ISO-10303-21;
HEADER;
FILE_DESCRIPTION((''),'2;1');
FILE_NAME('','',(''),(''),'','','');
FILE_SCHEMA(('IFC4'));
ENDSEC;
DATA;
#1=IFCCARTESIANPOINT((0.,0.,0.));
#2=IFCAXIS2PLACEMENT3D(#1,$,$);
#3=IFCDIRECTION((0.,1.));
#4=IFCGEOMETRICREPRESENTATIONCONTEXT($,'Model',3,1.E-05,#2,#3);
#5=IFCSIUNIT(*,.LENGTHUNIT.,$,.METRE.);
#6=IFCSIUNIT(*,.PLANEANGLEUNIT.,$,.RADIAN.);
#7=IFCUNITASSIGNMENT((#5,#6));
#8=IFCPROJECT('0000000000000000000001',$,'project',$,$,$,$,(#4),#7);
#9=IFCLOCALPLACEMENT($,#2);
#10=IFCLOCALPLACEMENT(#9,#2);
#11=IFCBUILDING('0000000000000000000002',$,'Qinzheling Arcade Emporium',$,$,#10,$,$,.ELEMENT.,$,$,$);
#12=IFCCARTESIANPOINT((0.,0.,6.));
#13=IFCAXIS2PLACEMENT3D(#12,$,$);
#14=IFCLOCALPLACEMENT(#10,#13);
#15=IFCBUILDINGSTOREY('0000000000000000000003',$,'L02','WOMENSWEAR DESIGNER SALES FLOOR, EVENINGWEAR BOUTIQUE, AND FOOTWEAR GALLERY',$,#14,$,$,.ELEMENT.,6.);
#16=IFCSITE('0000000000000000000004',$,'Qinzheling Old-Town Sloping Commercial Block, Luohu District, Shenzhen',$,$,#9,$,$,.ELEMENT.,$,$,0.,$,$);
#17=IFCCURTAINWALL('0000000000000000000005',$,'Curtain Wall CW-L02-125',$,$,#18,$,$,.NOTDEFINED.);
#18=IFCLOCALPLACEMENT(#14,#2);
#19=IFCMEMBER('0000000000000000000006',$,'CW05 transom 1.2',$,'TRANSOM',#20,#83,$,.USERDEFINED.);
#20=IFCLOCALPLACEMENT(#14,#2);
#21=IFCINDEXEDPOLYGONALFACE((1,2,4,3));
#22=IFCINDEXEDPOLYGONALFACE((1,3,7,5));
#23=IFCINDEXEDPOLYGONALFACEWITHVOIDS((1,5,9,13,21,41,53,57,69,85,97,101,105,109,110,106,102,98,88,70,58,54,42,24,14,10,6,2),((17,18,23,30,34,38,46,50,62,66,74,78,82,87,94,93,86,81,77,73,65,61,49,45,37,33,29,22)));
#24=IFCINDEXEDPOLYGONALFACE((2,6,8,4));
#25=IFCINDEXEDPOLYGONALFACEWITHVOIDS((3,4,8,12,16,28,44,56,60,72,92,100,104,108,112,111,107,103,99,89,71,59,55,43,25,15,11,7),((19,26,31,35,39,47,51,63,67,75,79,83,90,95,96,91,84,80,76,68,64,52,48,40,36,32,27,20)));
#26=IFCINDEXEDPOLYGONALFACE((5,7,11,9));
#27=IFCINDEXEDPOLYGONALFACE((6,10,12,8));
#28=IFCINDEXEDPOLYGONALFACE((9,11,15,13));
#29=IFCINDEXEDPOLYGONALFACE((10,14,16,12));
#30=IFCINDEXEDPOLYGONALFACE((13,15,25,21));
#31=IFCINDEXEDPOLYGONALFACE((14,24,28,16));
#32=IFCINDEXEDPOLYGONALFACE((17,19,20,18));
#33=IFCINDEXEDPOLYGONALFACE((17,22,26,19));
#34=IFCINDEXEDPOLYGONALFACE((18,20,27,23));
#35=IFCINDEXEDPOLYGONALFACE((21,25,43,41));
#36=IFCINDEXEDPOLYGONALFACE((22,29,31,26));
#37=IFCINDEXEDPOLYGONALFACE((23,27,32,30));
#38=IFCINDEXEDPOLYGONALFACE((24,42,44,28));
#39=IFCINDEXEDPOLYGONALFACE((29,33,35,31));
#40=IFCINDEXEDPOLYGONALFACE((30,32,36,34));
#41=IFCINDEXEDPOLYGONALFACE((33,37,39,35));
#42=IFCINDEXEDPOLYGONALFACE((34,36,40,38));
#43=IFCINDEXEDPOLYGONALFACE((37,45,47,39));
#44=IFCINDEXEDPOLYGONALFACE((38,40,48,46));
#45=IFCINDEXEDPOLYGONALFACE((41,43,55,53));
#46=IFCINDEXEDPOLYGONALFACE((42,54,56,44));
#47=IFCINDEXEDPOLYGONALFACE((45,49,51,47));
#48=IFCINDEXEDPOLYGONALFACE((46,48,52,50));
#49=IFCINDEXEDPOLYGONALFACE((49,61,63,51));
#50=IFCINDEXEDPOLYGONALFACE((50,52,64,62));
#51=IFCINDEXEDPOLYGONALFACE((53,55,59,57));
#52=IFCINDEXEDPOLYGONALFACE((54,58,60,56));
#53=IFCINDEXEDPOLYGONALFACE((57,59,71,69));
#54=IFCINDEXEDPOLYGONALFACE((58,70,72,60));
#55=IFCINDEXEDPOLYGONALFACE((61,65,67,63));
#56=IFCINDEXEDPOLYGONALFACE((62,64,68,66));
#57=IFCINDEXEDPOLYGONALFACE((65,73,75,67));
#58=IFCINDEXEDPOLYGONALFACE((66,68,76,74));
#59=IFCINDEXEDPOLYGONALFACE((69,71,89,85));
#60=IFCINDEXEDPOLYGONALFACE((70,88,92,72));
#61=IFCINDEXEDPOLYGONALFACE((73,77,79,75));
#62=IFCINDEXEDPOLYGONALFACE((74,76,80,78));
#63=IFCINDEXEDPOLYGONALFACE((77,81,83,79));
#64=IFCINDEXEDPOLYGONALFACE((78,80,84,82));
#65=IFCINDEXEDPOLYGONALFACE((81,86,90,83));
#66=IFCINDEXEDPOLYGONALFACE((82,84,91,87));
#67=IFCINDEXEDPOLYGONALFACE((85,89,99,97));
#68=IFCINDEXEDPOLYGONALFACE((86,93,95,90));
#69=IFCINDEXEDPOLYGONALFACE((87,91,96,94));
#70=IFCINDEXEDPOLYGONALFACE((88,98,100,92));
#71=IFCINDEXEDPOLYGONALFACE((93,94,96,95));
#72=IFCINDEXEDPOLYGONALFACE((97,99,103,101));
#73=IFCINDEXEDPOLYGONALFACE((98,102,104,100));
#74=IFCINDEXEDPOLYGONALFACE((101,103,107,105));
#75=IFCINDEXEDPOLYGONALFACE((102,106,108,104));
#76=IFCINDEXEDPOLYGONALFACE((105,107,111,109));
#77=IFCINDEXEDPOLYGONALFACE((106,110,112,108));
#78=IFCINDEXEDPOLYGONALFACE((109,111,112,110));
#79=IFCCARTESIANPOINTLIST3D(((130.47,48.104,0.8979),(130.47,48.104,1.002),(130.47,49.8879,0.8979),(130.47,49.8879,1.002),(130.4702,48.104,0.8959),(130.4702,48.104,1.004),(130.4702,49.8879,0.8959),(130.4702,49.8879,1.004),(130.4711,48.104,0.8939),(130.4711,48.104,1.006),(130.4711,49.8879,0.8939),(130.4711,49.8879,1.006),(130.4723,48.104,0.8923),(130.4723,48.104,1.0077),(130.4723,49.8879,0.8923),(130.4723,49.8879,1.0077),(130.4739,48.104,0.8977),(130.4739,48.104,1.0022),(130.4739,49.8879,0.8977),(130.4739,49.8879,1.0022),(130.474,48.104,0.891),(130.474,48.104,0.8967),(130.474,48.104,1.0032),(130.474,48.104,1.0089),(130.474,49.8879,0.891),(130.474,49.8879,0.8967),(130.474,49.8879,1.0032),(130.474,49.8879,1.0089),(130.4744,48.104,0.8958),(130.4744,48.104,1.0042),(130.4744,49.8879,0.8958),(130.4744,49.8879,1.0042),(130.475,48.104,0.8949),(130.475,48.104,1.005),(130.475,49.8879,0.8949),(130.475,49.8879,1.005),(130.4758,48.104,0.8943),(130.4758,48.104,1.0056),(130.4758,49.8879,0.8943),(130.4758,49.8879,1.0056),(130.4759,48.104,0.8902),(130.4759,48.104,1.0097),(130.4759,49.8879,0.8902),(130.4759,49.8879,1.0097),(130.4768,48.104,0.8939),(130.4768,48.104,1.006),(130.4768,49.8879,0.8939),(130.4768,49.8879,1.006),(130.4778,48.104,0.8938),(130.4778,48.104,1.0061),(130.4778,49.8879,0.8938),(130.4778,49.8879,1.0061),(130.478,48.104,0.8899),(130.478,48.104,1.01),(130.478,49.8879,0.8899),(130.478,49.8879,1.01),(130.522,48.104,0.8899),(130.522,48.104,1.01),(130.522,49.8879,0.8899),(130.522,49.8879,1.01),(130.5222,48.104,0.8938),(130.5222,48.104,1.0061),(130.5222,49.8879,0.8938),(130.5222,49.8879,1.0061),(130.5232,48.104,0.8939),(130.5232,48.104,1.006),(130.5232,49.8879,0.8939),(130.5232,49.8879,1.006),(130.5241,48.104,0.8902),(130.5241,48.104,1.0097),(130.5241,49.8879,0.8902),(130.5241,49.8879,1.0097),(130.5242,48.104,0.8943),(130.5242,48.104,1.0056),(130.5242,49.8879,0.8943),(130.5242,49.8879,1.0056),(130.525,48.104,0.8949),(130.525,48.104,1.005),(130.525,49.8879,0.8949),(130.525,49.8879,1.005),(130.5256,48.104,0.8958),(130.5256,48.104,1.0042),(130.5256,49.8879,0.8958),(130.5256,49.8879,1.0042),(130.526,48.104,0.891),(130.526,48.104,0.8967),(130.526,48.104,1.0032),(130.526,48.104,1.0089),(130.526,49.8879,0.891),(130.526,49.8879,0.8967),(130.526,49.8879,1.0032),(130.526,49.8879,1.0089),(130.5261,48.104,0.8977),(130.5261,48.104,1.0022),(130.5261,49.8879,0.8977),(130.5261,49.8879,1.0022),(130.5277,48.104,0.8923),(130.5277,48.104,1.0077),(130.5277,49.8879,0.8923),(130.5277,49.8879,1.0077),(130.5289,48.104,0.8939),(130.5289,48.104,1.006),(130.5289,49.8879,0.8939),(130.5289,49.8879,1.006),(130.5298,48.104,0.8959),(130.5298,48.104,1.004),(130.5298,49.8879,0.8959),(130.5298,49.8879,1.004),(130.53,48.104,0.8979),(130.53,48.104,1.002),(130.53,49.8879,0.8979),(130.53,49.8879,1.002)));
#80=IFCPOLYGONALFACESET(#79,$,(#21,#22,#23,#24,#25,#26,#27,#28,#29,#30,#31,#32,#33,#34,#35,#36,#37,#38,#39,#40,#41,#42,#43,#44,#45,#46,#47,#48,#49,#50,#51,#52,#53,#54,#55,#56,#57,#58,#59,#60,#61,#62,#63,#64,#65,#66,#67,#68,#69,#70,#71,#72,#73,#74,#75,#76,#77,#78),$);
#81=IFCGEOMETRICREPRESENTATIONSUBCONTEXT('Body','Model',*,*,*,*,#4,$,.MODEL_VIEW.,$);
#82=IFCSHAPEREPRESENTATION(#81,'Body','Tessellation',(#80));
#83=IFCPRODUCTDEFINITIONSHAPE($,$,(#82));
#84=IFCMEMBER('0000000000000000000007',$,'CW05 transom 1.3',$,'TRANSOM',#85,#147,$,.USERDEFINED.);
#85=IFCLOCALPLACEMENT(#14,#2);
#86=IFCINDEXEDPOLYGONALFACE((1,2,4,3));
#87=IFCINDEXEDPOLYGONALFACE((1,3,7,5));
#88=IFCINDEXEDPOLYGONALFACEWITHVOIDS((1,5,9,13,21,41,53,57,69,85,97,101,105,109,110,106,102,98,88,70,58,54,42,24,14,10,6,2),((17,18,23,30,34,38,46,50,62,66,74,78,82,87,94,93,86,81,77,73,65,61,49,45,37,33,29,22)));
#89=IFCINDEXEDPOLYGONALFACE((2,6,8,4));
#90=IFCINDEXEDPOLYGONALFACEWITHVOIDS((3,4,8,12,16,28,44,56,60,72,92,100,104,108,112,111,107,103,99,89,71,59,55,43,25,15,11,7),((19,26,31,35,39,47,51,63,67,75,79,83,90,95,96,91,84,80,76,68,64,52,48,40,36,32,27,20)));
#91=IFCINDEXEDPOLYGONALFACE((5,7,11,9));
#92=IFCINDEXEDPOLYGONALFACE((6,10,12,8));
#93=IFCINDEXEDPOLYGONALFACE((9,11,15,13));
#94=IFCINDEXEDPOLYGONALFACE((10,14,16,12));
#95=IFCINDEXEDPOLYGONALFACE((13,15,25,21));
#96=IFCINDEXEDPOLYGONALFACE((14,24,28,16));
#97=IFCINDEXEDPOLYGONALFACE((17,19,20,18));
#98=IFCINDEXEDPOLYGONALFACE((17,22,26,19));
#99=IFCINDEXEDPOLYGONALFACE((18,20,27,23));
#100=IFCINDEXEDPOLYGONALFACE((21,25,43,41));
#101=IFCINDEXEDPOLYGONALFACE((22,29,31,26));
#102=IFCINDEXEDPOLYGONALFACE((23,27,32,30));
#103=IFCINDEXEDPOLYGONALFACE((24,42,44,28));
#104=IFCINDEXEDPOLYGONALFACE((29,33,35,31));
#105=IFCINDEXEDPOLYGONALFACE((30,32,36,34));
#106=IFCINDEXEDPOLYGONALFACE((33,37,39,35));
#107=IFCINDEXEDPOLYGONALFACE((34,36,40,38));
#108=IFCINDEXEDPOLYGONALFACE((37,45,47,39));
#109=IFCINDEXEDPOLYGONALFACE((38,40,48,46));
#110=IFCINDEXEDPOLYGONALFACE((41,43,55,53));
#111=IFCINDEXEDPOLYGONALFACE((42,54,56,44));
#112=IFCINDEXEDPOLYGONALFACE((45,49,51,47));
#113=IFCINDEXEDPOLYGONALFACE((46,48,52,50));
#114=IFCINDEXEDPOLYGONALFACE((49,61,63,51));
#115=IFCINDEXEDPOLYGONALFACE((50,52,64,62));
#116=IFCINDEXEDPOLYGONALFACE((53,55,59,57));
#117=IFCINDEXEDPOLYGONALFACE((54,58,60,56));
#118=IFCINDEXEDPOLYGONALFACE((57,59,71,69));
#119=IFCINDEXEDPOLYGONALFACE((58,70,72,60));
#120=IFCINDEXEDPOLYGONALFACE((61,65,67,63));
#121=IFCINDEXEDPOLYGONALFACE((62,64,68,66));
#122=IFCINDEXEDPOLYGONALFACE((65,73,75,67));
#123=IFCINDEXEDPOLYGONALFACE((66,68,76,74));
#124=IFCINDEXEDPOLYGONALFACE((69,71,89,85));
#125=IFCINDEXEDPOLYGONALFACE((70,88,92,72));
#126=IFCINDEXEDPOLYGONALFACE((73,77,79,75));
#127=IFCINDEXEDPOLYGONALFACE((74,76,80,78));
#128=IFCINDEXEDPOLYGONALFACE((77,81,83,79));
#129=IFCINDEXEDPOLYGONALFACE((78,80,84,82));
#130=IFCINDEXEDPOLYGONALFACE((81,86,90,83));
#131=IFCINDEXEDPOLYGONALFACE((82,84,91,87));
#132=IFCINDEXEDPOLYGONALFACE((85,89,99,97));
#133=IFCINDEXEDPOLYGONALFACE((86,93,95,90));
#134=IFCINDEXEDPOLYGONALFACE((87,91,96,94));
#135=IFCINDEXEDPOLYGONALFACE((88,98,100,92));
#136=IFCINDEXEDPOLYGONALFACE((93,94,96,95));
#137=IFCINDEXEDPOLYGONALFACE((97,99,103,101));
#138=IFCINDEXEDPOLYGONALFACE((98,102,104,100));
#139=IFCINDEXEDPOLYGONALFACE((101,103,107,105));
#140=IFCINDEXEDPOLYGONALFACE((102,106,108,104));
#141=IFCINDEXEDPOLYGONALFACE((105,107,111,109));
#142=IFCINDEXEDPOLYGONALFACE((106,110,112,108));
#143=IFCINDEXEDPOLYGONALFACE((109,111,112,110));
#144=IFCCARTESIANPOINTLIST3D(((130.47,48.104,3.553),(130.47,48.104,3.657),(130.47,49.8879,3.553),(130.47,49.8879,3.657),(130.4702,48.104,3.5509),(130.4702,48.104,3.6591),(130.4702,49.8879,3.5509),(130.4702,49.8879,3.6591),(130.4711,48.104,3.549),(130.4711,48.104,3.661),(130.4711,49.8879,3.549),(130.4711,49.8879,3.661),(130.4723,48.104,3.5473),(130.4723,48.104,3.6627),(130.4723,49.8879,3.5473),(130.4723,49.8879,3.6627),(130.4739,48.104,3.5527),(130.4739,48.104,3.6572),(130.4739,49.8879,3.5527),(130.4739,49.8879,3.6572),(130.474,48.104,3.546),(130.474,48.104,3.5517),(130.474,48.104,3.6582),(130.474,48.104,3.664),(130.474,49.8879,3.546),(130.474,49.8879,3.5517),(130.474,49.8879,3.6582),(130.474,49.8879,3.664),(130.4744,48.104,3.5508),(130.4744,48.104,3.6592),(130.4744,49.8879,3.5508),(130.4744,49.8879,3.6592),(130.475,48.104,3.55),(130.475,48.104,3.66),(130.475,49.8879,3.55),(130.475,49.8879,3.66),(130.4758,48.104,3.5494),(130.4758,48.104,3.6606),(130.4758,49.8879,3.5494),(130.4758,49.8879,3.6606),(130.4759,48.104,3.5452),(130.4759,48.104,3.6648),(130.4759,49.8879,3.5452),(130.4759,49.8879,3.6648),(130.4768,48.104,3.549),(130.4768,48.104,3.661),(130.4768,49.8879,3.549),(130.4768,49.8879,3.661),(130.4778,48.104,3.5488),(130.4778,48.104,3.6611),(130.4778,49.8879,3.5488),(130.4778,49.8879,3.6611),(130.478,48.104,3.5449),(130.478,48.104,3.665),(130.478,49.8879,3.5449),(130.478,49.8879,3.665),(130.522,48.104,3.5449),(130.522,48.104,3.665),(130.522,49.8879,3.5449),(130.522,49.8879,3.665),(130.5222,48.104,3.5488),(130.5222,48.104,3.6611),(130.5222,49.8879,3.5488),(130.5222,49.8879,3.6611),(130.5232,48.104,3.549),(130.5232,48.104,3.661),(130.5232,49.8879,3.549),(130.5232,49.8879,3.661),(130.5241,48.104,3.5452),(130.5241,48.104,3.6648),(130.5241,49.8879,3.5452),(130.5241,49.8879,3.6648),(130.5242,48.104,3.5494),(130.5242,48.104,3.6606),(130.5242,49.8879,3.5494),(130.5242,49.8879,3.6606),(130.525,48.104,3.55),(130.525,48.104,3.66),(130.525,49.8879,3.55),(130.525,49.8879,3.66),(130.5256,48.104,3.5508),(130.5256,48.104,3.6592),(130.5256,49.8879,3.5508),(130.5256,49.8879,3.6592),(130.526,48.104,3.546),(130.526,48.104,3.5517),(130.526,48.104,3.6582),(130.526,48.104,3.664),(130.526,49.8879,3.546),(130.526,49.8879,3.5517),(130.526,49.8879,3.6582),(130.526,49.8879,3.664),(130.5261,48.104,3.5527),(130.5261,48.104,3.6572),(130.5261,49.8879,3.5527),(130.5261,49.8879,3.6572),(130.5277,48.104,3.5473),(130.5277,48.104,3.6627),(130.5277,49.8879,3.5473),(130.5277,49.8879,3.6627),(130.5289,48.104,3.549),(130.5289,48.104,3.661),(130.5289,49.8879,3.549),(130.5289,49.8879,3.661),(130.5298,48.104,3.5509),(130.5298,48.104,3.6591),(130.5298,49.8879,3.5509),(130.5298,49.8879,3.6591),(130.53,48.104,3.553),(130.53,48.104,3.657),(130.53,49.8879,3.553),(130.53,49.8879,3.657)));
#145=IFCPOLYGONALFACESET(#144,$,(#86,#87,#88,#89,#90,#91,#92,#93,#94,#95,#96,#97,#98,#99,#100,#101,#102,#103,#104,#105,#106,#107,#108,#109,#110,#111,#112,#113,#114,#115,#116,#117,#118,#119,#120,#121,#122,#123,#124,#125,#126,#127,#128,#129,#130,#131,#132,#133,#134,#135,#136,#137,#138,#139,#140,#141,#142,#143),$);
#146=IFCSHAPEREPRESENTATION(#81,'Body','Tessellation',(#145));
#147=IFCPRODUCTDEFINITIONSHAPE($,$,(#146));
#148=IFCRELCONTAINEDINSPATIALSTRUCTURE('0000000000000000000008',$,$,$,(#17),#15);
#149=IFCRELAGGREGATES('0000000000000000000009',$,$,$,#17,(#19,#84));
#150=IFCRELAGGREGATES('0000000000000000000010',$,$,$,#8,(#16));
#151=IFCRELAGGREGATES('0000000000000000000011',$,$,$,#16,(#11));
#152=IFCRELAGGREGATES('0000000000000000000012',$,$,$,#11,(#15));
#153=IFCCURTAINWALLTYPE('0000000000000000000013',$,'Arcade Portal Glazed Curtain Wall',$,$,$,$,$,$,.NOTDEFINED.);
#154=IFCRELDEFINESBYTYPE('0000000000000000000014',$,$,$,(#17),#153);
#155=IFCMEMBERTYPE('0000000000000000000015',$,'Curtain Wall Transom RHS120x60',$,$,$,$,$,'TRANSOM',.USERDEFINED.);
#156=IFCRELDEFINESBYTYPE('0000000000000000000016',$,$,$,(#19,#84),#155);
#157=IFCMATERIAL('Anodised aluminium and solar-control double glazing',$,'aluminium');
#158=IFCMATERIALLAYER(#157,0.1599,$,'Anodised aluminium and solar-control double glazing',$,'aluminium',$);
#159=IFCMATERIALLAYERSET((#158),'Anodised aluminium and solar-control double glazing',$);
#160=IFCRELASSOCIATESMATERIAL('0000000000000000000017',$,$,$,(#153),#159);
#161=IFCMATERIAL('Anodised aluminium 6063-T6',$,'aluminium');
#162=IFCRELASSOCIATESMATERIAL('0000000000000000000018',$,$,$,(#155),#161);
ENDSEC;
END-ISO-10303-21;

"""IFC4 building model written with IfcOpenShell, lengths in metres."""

from ifc_helpers import new_model, si_unit, direction, frame, origin, origin_2d, place, context, subcontext, project, spatial, hollow_rectangle, extrude, material, layer, layer_set, material_profile, profile_set, type_object, element, aggregate, save


model = new_model("IFC4")

# Units and contexts
model_context = context("Model", 3, precision=1e-05, world=origin(), true_north=direction((0.0, 1.0)))
body_context = subcontext(model_context, "Body", "Model", "MODEL_VIEW")
ifc_project = project(units=[si_unit("LENGTHUNIT", "METRE"), si_unit("PLANEANGLEUNIT", "RADIAN")], contexts=[model_context])

# Site, building, storey
site_placement = place(None, origin())
site = spatial("IfcSite", under=ifc_project, at=site_placement, Name="Qinzheling Old-Town Sloping Commercial Block, Luohu District, Shenzhen", CompositionType="ELEMENT", RefElevation=0.0)
building_placement = place(site_placement, origin())
building = spatial("IfcBuilding", under=site, at=building_placement, Name="Qinzheling Arcade Emporium", CompositionType="ELEMENT")
storey_placement = place(building_placement, frame((0.0, 0.0, 6.0)))
storey = spatial("IfcBuildingStorey", under=building, at=storey_placement, Name="L02", Description="WOMENSWEAR DESIGNER SALES FLOOR, EVENINGWEAR BOUTIQUE, AND FOOTWEAR GALLERY", CompositionType="ELEMENT", Elevation=6.0)

# Shared definitions
ifc_material_1 = material(Name="Anodised aluminium and solar-control double glazing", Category="aluminium")
ifc_layer_1 = layer(ifc_material_1, 0.1599, Name="Anodised aluminium and solar-control double glazing", Category="aluminium")
ifc_layer_set_1 = layer_set([ifc_layer_1], Name="Anodised aluminium and solar-control double glazing")
curtain_wall_type = type_object("IfcCurtainWallType", Name="Arcade Portal Glazed Curtain Wall", PredefinedType="NOTDEFINED", material=ifc_layer_set_1)
ifc_material_2 = material(Name="Anodised aluminium 6063-T6", Category="aluminium")

# Curtain wall
curtain_wall_1_placement = place(storey_placement, origin())
curtain_wall_1 = element("IfcCurtainWall", 1, at=curtain_wall_1_placement, inside=storey, type_object=curtain_wall_type, Name="Curtain Wall CW-L02-125", PredefinedType="NOTDEFINED")

# Members
ifc_material_profile_1 = material_profile(ifc_material_2, hollow_rectangle(XDim=0.0601, YDim=0.1201, WallThickness=0.0039, InnerFilletRadius=0.0039, OuterFilletRadius=0.0081, at=origin_2d()), Name="RHS 120x60x4", Category="aluminium")
ifc_profile_set_1 = profile_set([ifc_material_profile_1], Name="Anodised aluminium 6063-T6")
member_type_1 = type_object("IfcMemberType", Name="Curtain Wall Transom RHS120x60", ElementType="TRANSOM", PredefinedType="USERDEFINED", material=ifc_profile_set_1)
member_1_placement = place(storey_placement, frame((130.5, 49.8879, 0.95), z_axis=(0.0, -1.0, 0.0), x_axis=(1.0, 0.0, 0.0)))
member_1 = element("IfcMember", 2, at=member_1_placement, type_object=member_type_1, Name="CW05 transom 1.2", ObjectType="TRANSOM", PredefinedType="USERDEFINED", context=body_context, shape_type="SweptSolid", body=[
    extrude(hollow_rectangle(XDim=0.0601, YDim=0.1201, WallThickness=0.0039, InnerFilletRadius=0.0039, OuterFilletRadius=0.0081, at=origin_2d()), origin(), (0.0, 0.0, 1.0), 1.7839),
])
member_2_placement = place(storey_placement, frame((130.5, 49.8879, 3.605), z_axis=(0.0, -1.0, 0.0), x_axis=(1.0, 0.0, 0.0)))
member_2 = element("IfcMember", 3, at=member_2_placement, type_object=member_type_1, Name="CW05 transom 1.3", ObjectType="TRANSOM", PredefinedType="USERDEFINED", context=body_context, shape_type="SweptSolid", body=[
    extrude(hollow_rectangle(XDim=0.0601, YDim=0.1201, WallThickness=0.0039, InnerFilletRadius=0.0039, OuterFilletRadius=0.0081, at=origin_2d()), origin(), (0.0, 0.0, 1.0), 1.7839),
])

aggregate(curtain_wall_1, [member_1, member_2])

save(model, "model.ifc")
